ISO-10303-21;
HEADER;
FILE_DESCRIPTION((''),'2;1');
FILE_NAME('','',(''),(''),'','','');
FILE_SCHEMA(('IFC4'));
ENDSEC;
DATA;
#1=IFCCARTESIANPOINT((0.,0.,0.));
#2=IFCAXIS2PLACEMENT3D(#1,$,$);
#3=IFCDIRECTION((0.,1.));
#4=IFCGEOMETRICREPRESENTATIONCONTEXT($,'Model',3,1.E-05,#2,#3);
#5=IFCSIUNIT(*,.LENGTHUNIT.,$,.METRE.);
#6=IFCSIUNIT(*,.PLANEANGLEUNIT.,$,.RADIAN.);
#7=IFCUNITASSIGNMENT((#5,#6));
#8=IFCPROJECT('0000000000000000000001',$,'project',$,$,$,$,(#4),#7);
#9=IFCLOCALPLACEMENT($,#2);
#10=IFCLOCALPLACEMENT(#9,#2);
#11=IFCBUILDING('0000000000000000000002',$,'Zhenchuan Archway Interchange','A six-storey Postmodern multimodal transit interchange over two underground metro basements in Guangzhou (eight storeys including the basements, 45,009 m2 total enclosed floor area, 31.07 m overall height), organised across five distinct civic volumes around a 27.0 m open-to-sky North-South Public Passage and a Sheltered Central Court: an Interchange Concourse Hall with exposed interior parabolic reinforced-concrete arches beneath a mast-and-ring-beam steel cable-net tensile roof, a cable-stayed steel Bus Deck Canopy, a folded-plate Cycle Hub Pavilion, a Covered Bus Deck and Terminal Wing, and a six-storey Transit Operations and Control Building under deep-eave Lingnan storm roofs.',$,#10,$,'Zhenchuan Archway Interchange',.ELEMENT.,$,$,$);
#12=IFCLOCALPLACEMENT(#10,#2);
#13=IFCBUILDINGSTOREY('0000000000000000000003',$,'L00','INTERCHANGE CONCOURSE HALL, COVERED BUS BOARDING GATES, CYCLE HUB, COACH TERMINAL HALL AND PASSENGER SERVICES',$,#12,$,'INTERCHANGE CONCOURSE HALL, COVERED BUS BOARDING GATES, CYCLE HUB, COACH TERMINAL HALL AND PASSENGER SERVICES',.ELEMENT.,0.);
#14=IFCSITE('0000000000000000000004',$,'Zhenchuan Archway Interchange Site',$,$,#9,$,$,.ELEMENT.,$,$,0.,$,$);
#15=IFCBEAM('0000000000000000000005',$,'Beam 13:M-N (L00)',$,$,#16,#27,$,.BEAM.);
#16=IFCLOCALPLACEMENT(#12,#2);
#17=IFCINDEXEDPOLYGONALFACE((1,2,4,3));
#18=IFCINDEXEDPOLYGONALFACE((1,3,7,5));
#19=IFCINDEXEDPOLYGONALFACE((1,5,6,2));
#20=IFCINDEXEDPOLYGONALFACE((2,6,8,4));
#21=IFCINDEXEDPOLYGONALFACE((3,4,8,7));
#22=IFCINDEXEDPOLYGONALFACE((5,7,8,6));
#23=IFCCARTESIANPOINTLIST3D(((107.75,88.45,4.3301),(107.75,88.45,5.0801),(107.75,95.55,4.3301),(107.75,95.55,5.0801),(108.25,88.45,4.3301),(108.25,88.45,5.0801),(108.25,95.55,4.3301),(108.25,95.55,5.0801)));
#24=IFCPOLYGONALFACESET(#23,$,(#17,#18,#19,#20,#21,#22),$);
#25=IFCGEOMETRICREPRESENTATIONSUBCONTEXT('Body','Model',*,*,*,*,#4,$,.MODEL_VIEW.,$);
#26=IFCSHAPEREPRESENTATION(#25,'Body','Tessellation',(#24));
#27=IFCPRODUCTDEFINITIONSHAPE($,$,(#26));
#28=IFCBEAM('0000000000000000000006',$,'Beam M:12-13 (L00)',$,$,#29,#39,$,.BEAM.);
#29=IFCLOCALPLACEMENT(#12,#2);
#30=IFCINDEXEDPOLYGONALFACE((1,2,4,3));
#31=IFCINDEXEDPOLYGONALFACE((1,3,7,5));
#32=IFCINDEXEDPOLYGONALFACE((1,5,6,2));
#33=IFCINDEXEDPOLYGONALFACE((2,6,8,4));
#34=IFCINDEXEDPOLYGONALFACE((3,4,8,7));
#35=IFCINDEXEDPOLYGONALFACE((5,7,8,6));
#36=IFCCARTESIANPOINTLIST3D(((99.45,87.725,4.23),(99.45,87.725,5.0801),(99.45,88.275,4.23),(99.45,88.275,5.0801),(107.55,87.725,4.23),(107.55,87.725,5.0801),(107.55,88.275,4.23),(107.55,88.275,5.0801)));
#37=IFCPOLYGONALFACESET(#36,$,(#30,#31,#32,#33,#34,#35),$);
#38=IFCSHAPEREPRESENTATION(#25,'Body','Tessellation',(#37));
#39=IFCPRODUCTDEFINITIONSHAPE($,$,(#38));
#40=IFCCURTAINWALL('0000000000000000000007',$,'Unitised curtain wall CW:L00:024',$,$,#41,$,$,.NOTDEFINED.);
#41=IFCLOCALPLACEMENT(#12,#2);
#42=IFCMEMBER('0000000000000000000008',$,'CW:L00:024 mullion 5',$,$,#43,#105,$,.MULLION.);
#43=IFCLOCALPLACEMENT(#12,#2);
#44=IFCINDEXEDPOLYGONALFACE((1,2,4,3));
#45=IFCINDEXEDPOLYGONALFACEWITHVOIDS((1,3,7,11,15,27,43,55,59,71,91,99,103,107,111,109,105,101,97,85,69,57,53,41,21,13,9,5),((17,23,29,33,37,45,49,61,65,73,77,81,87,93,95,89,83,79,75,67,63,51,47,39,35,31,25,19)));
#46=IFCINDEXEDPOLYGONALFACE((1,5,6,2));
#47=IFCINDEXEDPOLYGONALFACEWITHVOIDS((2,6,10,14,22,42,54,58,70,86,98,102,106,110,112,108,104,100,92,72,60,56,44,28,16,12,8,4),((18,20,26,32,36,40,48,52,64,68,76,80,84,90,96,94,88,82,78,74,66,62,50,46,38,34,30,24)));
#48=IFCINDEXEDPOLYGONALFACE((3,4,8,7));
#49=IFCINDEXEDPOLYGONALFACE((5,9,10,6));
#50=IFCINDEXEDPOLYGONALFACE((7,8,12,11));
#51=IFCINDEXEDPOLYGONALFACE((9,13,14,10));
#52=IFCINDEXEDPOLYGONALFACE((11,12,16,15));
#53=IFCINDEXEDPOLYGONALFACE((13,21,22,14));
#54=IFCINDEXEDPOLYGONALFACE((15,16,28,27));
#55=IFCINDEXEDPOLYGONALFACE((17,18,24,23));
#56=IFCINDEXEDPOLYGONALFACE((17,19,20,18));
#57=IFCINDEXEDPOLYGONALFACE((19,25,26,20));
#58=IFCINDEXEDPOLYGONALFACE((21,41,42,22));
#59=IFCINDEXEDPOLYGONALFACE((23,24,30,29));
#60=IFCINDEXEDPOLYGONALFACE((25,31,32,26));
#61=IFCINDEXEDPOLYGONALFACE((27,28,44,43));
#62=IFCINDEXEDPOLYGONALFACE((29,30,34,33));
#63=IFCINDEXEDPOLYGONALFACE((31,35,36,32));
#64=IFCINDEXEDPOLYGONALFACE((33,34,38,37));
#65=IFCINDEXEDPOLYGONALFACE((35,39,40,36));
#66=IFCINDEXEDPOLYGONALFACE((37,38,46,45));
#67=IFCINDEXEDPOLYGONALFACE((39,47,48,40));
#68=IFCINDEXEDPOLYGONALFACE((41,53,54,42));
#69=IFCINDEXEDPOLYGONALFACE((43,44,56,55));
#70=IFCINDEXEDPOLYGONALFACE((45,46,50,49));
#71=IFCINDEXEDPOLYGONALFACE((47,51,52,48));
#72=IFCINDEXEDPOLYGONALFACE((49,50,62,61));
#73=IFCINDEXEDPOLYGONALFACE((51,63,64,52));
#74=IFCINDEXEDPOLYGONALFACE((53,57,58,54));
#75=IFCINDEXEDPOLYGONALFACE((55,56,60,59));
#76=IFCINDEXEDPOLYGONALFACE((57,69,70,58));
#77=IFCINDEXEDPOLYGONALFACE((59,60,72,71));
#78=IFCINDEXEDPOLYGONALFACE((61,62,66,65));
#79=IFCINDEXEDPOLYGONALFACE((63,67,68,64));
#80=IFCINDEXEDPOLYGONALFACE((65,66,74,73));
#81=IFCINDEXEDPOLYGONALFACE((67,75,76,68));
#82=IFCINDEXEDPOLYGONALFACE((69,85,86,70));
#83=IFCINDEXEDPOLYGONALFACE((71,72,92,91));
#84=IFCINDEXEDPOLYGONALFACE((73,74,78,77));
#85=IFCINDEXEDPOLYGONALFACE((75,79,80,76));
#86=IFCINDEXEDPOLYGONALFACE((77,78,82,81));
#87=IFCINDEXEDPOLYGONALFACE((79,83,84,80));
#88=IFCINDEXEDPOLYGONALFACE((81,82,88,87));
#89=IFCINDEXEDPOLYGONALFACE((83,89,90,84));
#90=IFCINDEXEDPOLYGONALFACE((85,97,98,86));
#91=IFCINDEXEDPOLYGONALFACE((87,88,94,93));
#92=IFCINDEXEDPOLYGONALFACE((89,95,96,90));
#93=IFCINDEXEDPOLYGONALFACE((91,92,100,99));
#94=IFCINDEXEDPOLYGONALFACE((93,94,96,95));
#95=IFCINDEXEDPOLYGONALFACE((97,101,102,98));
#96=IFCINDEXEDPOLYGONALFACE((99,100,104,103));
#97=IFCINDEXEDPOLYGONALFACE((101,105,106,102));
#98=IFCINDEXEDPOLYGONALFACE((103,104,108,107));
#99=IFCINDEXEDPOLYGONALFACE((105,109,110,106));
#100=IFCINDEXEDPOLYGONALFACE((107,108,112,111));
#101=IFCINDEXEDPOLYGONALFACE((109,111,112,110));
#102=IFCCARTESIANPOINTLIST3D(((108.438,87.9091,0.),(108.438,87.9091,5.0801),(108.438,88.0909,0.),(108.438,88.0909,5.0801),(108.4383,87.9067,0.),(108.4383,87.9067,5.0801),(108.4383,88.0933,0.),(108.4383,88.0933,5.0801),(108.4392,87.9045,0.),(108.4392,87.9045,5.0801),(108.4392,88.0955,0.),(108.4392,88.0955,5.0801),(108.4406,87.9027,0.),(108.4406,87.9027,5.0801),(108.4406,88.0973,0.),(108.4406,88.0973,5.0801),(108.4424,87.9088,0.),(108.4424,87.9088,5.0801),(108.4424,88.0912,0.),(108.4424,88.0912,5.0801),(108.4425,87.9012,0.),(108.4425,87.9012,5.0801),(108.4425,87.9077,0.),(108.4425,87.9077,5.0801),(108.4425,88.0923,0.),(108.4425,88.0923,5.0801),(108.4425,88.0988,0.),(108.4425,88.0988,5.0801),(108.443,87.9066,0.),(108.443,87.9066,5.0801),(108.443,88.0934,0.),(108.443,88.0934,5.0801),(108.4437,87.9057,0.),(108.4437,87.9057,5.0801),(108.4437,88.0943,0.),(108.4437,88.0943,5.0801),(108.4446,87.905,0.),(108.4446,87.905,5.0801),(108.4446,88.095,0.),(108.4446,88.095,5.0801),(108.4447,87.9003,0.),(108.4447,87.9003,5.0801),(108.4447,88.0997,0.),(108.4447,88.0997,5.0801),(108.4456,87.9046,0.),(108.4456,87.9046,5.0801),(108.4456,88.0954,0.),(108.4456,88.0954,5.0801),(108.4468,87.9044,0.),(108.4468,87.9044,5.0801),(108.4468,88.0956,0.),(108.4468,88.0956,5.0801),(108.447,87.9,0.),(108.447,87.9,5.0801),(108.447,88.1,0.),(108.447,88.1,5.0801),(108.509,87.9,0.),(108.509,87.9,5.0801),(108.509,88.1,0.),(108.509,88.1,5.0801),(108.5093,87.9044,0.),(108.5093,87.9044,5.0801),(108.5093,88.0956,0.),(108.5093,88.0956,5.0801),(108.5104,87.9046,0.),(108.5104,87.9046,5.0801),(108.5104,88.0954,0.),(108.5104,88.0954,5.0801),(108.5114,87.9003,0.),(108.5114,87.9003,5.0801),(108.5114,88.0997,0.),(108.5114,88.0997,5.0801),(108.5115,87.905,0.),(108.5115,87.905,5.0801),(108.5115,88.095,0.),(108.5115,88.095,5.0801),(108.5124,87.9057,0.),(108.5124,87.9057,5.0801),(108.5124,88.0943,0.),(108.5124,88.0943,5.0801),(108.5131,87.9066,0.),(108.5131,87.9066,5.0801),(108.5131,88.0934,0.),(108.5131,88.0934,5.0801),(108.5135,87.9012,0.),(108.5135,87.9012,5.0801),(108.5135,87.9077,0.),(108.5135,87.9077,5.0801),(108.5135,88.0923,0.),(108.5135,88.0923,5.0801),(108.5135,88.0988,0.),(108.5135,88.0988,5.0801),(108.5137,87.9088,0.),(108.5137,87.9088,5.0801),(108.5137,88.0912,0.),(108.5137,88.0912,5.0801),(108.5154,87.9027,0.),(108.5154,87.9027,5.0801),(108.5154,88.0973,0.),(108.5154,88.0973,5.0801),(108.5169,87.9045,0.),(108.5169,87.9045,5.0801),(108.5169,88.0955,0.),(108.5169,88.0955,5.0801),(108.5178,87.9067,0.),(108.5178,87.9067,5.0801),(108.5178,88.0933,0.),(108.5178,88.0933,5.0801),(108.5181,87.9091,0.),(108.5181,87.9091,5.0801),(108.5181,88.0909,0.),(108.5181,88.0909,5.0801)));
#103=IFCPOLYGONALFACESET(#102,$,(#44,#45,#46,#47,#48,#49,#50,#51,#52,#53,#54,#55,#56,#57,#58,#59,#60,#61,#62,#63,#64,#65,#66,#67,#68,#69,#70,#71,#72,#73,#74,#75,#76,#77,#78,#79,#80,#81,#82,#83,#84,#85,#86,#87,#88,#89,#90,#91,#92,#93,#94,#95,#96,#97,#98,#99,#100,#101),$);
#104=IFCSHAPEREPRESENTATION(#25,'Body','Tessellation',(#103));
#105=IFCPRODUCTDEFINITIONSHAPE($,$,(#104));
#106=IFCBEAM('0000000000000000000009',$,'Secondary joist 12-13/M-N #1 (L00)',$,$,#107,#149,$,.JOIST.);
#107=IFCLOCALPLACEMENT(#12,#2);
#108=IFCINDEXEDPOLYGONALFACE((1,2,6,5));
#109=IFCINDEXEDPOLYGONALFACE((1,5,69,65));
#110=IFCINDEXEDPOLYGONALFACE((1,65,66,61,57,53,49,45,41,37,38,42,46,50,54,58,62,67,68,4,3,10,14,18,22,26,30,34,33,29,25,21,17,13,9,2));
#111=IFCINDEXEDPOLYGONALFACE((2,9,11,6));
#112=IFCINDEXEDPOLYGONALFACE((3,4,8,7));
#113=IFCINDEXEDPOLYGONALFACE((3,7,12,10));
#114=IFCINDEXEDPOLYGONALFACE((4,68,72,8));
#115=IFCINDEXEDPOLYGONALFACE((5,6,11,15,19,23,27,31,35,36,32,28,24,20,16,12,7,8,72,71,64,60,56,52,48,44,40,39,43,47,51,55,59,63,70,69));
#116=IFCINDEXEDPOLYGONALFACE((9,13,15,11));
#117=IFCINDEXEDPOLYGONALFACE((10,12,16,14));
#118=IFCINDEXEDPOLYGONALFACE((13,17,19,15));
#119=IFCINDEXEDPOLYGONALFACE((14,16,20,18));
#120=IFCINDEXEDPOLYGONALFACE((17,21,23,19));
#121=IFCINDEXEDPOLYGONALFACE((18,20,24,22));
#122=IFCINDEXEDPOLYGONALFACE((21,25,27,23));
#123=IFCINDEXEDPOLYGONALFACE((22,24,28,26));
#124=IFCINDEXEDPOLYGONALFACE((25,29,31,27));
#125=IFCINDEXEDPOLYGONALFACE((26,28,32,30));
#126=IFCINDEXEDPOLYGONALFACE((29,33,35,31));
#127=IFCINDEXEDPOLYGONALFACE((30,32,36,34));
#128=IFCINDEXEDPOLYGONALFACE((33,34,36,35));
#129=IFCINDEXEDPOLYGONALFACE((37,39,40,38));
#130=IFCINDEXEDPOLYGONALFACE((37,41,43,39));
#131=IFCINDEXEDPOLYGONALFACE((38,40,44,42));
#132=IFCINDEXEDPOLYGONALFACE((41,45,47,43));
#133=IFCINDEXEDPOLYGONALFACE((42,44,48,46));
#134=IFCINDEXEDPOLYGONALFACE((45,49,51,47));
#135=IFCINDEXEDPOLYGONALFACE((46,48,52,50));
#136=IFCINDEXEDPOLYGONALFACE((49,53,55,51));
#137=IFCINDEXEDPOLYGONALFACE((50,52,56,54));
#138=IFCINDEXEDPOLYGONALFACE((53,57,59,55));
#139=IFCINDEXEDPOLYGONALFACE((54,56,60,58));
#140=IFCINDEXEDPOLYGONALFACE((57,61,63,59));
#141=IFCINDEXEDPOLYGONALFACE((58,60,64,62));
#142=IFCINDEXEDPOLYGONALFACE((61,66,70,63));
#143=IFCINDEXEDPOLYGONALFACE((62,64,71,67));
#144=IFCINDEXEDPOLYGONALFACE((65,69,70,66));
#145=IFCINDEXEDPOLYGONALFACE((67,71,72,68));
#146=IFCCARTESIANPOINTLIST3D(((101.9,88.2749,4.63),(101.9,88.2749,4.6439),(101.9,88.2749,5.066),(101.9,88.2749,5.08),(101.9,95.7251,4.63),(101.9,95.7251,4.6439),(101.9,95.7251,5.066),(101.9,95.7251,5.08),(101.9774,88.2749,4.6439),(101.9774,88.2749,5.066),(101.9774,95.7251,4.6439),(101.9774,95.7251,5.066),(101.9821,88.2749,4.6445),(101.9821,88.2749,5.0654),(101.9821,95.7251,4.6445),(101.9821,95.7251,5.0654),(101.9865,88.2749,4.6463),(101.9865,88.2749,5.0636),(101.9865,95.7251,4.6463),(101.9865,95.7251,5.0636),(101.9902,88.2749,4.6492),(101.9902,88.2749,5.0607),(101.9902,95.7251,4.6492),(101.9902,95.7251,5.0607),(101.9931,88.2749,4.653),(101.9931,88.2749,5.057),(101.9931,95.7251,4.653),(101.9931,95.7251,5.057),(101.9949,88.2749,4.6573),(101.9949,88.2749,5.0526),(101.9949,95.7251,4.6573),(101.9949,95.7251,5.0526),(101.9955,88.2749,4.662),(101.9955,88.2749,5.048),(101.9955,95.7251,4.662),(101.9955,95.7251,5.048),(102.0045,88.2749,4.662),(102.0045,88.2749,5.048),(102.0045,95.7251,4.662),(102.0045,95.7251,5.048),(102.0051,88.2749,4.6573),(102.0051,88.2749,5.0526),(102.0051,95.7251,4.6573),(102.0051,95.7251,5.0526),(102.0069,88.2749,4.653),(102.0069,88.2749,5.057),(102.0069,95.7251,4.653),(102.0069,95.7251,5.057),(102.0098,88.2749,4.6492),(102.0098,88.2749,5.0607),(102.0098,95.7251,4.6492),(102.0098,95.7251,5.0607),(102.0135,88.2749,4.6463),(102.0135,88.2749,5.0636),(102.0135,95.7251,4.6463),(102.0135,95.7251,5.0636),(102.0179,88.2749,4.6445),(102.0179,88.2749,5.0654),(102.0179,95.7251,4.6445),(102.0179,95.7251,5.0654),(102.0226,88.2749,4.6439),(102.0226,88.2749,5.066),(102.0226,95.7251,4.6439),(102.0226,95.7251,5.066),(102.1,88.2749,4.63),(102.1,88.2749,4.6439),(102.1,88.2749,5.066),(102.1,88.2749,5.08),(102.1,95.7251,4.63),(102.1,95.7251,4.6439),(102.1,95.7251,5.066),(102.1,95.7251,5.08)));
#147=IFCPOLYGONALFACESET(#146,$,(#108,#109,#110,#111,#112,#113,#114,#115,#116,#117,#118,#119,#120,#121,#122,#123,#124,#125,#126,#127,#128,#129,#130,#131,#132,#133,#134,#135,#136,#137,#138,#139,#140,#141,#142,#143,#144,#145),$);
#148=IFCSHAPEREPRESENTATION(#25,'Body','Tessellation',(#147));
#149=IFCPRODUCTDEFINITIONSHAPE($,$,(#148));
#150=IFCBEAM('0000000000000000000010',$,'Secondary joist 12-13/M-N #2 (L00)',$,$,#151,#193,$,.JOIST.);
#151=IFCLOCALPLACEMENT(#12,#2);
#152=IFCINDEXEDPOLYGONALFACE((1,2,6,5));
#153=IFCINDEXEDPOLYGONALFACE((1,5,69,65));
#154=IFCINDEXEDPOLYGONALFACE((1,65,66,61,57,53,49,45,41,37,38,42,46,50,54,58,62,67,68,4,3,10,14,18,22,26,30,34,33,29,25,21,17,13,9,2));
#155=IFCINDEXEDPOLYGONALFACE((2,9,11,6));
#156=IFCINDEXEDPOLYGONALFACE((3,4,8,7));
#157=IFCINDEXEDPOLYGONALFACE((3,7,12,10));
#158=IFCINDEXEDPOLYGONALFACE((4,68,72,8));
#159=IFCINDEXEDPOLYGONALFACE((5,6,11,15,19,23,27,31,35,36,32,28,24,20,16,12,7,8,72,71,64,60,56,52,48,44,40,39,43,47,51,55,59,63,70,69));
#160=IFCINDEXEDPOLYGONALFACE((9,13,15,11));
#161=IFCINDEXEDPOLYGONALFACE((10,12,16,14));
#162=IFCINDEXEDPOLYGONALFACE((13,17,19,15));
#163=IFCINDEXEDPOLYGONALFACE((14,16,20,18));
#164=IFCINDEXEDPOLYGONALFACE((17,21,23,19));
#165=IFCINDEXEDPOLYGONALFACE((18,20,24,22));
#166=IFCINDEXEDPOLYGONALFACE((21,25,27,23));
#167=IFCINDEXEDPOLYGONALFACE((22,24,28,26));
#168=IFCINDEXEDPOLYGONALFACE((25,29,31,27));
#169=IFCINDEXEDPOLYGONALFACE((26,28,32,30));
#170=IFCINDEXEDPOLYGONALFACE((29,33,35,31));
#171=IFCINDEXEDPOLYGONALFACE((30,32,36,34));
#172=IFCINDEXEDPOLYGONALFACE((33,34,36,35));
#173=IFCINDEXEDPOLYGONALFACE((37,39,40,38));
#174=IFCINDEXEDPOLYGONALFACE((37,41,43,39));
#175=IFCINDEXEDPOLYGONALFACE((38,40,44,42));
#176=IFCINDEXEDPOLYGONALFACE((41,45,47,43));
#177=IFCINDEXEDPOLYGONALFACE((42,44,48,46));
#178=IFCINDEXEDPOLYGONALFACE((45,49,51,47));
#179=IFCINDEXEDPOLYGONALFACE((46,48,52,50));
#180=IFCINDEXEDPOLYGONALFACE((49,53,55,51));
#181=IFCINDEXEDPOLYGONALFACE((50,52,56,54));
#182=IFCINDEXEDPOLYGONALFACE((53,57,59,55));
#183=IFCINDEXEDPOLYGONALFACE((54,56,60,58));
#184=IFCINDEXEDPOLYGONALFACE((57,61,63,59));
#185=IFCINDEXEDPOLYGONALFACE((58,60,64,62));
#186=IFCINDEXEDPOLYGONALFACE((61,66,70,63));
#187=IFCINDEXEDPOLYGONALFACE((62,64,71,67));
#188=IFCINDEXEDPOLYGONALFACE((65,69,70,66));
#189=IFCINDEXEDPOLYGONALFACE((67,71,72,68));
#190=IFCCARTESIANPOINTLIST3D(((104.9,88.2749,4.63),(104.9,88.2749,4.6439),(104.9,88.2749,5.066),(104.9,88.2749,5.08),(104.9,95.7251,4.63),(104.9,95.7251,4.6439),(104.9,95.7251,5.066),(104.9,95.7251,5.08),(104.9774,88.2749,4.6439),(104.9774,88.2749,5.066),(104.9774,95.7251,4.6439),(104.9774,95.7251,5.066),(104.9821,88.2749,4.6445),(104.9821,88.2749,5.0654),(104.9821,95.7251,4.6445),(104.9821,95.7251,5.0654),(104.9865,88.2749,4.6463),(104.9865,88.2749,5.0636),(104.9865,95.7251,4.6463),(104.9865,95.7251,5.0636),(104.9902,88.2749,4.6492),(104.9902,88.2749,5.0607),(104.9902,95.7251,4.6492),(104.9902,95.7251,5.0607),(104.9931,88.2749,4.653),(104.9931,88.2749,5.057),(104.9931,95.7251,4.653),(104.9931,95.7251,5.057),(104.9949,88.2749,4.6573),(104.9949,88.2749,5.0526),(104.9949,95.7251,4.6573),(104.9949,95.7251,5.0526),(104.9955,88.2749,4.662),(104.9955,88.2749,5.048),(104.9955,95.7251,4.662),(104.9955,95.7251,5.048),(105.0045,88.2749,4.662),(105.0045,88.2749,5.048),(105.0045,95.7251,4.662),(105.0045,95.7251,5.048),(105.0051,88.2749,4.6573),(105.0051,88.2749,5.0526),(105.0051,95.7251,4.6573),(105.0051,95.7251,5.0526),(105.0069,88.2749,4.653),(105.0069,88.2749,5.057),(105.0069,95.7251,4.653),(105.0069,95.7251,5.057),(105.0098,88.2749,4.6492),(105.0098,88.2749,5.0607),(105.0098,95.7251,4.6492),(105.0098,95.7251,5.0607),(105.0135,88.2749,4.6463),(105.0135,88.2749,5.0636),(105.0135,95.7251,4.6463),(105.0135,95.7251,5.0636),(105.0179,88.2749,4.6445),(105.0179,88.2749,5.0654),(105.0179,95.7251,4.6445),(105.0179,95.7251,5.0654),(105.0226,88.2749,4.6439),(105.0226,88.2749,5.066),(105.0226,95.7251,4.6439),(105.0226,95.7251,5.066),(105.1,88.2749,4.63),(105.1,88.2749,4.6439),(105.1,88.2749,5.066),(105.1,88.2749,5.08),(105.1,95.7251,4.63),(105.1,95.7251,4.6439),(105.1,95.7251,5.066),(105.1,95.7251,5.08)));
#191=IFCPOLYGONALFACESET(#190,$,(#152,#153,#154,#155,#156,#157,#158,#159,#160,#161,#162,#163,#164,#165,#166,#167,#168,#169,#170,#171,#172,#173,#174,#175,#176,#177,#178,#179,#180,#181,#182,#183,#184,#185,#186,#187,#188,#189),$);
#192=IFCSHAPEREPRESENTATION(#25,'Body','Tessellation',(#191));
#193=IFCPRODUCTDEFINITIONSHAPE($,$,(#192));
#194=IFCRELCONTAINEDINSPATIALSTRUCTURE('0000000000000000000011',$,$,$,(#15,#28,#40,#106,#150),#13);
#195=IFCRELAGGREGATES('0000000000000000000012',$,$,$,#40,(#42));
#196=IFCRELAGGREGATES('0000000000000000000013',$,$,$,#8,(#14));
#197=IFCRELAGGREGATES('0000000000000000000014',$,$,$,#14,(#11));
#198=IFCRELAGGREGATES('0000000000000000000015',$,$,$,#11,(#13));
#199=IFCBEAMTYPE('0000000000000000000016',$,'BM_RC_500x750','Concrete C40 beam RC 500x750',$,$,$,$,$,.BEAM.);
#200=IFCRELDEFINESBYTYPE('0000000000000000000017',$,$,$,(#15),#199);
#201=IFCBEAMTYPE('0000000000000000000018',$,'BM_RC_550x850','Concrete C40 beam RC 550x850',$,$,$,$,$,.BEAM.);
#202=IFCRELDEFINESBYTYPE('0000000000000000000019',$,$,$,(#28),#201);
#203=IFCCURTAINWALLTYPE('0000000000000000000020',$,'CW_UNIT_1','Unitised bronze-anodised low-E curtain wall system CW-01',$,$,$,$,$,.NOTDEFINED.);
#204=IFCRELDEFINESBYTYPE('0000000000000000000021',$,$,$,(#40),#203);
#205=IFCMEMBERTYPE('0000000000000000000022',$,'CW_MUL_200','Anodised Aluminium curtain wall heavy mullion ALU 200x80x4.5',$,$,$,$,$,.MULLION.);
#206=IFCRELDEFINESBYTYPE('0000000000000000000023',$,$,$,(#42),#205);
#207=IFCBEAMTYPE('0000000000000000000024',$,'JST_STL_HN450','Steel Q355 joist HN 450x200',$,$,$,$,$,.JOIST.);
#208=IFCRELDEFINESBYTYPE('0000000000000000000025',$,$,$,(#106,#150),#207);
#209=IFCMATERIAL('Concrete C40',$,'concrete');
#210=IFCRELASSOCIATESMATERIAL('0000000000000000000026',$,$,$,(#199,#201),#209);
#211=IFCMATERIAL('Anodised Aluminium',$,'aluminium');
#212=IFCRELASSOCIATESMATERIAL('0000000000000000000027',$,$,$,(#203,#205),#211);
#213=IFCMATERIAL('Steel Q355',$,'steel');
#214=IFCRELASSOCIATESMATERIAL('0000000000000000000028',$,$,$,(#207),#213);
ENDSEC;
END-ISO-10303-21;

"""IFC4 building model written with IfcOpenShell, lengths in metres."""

from ifc_helpers import new_model, si_unit, direction, frame, origin, origin_2d, place, context, subcontext, project, spatial, rectangle, hollow_rectangle, i_section, extrude, material, material_profile, profile_set, type_object, element, aggregate, save


model = new_model("IFC4")

# Units and contexts
model_context = context("Model", 3, precision=1e-05, world=origin(), true_north=direction((0.0, 1.0)))
body_context = subcontext(model_context, "Body", "Model", "MODEL_VIEW")
ifc_project = project(units=[si_unit("LENGTHUNIT", "METRE"), si_unit("PLANEANGLEUNIT", "RADIAN")], contexts=[model_context])

# Site, building, storey
site_placement = place(None, origin())
site = spatial("IfcSite", under=ifc_project, at=site_placement, Name="Zhenchuan Archway Interchange Site", CompositionType="ELEMENT", RefElevation=0.0)
building_placement = place(site_placement, origin())
building = spatial("IfcBuilding", under=site, at=building_placement, Name="Zhenchuan Archway Interchange", Description="A six-storey Postmodern multimodal transit interchange over two underground metro basements in Guangzhou (eight storeys including the basements, 45,009 m2 total enclosed floor area, 31.07 m overall height), organised across five distinct civic volumes around a 27.0 m open-to-sky North-South Public Passage and a Sheltered Central Court: an Interchange Concourse Hall with exposed interior parabolic reinforced-concrete arches beneath a mast-and-ring-beam steel cable-net tensile roof, a cable-stayed steel Bus Deck Canopy, a folded-plate Cycle Hub Pavilion, a Covered Bus Deck and Terminal Wing, and a six-storey Transit Operations and Control Building under deep-eave Lingnan storm roofs.", LongName="Zhenchuan Archway Interchange", CompositionType="ELEMENT")
storey_placement = place(building_placement, origin())
storey = spatial("IfcBuildingStorey", under=building, at=storey_placement, Name="L00", Description="INTERCHANGE CONCOURSE HALL, COVERED BUS BOARDING GATES, CYCLE HUB, COACH TERMINAL HALL AND PASSENGER SERVICES", LongName="INTERCHANGE CONCOURSE HALL, COVERED BUS BOARDING GATES, CYCLE HUB, COACH TERMINAL HALL AND PASSENGER SERVICES", CompositionType="ELEMENT", Elevation=0.0)

# Shared definitions
ifc_material_1 = material(Name="Concrete C40", Category="concrete")

# Beams
ifc_material_profile_1 = material_profile(ifc_material_1, rectangle(XDim=0.5, YDim=0.75, at=origin_2d()), Name="RC 500x750")
ifc_profile_set_1 = profile_set([ifc_material_profile_1], Name="Concrete C40")
beam_type_1 = type_object("IfcBeamType", Name="BM_RC_500x750", Description="Concrete C40 beam RC 500x750", PredefinedType="BEAM", material=ifc_profile_set_1)
beam_1_placement = place(storey_placement, frame((108.0, 88.45, 4.7051), z_axis=(0.0, 1.0, 0.0), x_axis=(-1.0, 0.0, 0.0)))
element("IfcBeam", 1, at=beam_1_placement, inside=storey, type_object=beam_type_1, Name="Beam 13:M-N (L00)", PredefinedType="BEAM", context=body_context, shape_type="SweptSolid", body=[
    extrude(rectangle(XDim=0.5, YDim=0.75, at=origin_2d()), origin(), (0.0, 0.0, 1.0), 7.1001),
])
ifc_material_profile_2 = material_profile(ifc_material_1, rectangle(XDim=0.55, YDim=0.8501, at=origin_2d()), Name="RC 550x850")
ifc_profile_set_2 = profile_set([ifc_material_profile_2], Name="Concrete C40")
beam_type_2 = type_object("IfcBeamType", Name="BM_RC_550x850", Description="Concrete C40 beam RC 550x850", PredefinedType="BEAM", material=ifc_profile_set_2)
beam_2_placement = place(storey_placement, frame((99.45, 88.0, 4.655), z_axis=(1.0, 0.0, 0.0), x_axis=(0.0, 1.0, 0.0)))
element("IfcBeam", 2, at=beam_2_placement, inside=storey, type_object=beam_type_2, Name="Beam M:12-13 (L00)", PredefinedType="BEAM", context=body_context, shape_type="SweptSolid", body=[
    extrude(rectangle(XDim=0.55, YDim=0.8501, at=origin_2d()), origin(), (0.0, 0.0, 1.0), 8.1001),
])

# Curtain wall, member
ifc_material_2 = material(Name="Anodised Aluminium", Category="aluminium")
curtain_wall_type_1 = type_object("IfcCurtainWallType", Name="CW_UNIT_1", Description="Unitised bronze-anodised low-E curtain wall system CW-01", PredefinedType="NOTDEFINED", material=ifc_material_2)
curtain_wall_1_placement = place(storey_placement, origin())
curtain_wall_1 = element("IfcCurtainWall", 3, at=curtain_wall_1_placement, inside=storey, type_object=curtain_wall_type_1, Name="Unitised curtain wall CW:L00:024", PredefinedType="NOTDEFINED")
ifc_material_profile_3 = material_profile(ifc_material_2, hollow_rectangle(XDim=0.0801, YDim=0.2, WallThickness=0.0044, InnerFilletRadius=0.0044, OuterFilletRadius=0.009, at=origin_2d()), Name="ALU 200x80x4.5")
ifc_profile_set_3 = profile_set([ifc_material_profile_3], Name="Anodised Aluminium")
member_type = type_object("IfcMemberType", Name="CW_MUL_200", Description="Anodised Aluminium curtain wall heavy mullion ALU 200x80x4.5", PredefinedType="MULLION", material=ifc_profile_set_3)
member_placement = place(storey_placement, frame((108.478, 88.0, 0.0), z_axis=(0.0, 0.0, 1.0), x_axis=(1.0, 0.0, 0.0)))
member = element("IfcMember", 4, at=member_placement, type_object=member_type, Name="CW:L00:024 mullion 5", PredefinedType="MULLION", context=body_context, shape_type="SweptSolid", body=[
    extrude(hollow_rectangle(XDim=0.0801, YDim=0.2, WallThickness=0.0044, InnerFilletRadius=0.0044, OuterFilletRadius=0.009, at=origin_2d()), origin(), (0.0, 0.0, 1.0), 5.0801),
])
aggregate(curtain_wall_1, [member])

# Beams
ifc_material_3 = material(Name="Steel Q355", Category="steel")
ifc_material_profile_4 = material_profile(ifc_material_3, i_section(OverallWidth=0.2, OverallDepth=0.45, WebThickness=0.009, FlangeThickness=0.0139, FilletRadius=0.0181, at=origin_2d()), Name="HN 450x200")
ifc_profile_set_4 = profile_set([ifc_material_profile_4], Name="Steel Q355")
beam_type_3 = type_object("IfcBeamType", Name="JST_STL_HN450", Description="Steel Q355 joist HN 450x200", PredefinedType="JOIST", material=ifc_profile_set_4)
for number, where, z_axis, x_axis, name in (
    (5, (102.0, 88.2749, 4.855), (0.0, 1.0, 0.0), (-1.0, 0.0, 0.0), "Secondary joist 12-13/M-N #1 (L00)"),
    (6, (105.0, 88.2749, 4.855), (0.0, 1.0, 0.0), (-1.0, 0.0, 0.0), "Secondary joist 12-13/M-N #2 (L00)"),
):
    element("IfcBeam", number, at=place(storey_placement, frame(where, z_axis=z_axis, x_axis=x_axis)), inside=storey, type_object=beam_type_3, Name=name, PredefinedType="JOIST", context=body_context, shape_type="SweptSolid", body=[
        extrude(i_section(OverallWidth=0.2, OverallDepth=0.45, WebThickness=0.009, FlangeThickness=0.0139, FilletRadius=0.0181, at=origin_2d()), origin(), (0.0, 0.0, 1.0), 7.4502),
    ])

save(model, "model.ifc")
